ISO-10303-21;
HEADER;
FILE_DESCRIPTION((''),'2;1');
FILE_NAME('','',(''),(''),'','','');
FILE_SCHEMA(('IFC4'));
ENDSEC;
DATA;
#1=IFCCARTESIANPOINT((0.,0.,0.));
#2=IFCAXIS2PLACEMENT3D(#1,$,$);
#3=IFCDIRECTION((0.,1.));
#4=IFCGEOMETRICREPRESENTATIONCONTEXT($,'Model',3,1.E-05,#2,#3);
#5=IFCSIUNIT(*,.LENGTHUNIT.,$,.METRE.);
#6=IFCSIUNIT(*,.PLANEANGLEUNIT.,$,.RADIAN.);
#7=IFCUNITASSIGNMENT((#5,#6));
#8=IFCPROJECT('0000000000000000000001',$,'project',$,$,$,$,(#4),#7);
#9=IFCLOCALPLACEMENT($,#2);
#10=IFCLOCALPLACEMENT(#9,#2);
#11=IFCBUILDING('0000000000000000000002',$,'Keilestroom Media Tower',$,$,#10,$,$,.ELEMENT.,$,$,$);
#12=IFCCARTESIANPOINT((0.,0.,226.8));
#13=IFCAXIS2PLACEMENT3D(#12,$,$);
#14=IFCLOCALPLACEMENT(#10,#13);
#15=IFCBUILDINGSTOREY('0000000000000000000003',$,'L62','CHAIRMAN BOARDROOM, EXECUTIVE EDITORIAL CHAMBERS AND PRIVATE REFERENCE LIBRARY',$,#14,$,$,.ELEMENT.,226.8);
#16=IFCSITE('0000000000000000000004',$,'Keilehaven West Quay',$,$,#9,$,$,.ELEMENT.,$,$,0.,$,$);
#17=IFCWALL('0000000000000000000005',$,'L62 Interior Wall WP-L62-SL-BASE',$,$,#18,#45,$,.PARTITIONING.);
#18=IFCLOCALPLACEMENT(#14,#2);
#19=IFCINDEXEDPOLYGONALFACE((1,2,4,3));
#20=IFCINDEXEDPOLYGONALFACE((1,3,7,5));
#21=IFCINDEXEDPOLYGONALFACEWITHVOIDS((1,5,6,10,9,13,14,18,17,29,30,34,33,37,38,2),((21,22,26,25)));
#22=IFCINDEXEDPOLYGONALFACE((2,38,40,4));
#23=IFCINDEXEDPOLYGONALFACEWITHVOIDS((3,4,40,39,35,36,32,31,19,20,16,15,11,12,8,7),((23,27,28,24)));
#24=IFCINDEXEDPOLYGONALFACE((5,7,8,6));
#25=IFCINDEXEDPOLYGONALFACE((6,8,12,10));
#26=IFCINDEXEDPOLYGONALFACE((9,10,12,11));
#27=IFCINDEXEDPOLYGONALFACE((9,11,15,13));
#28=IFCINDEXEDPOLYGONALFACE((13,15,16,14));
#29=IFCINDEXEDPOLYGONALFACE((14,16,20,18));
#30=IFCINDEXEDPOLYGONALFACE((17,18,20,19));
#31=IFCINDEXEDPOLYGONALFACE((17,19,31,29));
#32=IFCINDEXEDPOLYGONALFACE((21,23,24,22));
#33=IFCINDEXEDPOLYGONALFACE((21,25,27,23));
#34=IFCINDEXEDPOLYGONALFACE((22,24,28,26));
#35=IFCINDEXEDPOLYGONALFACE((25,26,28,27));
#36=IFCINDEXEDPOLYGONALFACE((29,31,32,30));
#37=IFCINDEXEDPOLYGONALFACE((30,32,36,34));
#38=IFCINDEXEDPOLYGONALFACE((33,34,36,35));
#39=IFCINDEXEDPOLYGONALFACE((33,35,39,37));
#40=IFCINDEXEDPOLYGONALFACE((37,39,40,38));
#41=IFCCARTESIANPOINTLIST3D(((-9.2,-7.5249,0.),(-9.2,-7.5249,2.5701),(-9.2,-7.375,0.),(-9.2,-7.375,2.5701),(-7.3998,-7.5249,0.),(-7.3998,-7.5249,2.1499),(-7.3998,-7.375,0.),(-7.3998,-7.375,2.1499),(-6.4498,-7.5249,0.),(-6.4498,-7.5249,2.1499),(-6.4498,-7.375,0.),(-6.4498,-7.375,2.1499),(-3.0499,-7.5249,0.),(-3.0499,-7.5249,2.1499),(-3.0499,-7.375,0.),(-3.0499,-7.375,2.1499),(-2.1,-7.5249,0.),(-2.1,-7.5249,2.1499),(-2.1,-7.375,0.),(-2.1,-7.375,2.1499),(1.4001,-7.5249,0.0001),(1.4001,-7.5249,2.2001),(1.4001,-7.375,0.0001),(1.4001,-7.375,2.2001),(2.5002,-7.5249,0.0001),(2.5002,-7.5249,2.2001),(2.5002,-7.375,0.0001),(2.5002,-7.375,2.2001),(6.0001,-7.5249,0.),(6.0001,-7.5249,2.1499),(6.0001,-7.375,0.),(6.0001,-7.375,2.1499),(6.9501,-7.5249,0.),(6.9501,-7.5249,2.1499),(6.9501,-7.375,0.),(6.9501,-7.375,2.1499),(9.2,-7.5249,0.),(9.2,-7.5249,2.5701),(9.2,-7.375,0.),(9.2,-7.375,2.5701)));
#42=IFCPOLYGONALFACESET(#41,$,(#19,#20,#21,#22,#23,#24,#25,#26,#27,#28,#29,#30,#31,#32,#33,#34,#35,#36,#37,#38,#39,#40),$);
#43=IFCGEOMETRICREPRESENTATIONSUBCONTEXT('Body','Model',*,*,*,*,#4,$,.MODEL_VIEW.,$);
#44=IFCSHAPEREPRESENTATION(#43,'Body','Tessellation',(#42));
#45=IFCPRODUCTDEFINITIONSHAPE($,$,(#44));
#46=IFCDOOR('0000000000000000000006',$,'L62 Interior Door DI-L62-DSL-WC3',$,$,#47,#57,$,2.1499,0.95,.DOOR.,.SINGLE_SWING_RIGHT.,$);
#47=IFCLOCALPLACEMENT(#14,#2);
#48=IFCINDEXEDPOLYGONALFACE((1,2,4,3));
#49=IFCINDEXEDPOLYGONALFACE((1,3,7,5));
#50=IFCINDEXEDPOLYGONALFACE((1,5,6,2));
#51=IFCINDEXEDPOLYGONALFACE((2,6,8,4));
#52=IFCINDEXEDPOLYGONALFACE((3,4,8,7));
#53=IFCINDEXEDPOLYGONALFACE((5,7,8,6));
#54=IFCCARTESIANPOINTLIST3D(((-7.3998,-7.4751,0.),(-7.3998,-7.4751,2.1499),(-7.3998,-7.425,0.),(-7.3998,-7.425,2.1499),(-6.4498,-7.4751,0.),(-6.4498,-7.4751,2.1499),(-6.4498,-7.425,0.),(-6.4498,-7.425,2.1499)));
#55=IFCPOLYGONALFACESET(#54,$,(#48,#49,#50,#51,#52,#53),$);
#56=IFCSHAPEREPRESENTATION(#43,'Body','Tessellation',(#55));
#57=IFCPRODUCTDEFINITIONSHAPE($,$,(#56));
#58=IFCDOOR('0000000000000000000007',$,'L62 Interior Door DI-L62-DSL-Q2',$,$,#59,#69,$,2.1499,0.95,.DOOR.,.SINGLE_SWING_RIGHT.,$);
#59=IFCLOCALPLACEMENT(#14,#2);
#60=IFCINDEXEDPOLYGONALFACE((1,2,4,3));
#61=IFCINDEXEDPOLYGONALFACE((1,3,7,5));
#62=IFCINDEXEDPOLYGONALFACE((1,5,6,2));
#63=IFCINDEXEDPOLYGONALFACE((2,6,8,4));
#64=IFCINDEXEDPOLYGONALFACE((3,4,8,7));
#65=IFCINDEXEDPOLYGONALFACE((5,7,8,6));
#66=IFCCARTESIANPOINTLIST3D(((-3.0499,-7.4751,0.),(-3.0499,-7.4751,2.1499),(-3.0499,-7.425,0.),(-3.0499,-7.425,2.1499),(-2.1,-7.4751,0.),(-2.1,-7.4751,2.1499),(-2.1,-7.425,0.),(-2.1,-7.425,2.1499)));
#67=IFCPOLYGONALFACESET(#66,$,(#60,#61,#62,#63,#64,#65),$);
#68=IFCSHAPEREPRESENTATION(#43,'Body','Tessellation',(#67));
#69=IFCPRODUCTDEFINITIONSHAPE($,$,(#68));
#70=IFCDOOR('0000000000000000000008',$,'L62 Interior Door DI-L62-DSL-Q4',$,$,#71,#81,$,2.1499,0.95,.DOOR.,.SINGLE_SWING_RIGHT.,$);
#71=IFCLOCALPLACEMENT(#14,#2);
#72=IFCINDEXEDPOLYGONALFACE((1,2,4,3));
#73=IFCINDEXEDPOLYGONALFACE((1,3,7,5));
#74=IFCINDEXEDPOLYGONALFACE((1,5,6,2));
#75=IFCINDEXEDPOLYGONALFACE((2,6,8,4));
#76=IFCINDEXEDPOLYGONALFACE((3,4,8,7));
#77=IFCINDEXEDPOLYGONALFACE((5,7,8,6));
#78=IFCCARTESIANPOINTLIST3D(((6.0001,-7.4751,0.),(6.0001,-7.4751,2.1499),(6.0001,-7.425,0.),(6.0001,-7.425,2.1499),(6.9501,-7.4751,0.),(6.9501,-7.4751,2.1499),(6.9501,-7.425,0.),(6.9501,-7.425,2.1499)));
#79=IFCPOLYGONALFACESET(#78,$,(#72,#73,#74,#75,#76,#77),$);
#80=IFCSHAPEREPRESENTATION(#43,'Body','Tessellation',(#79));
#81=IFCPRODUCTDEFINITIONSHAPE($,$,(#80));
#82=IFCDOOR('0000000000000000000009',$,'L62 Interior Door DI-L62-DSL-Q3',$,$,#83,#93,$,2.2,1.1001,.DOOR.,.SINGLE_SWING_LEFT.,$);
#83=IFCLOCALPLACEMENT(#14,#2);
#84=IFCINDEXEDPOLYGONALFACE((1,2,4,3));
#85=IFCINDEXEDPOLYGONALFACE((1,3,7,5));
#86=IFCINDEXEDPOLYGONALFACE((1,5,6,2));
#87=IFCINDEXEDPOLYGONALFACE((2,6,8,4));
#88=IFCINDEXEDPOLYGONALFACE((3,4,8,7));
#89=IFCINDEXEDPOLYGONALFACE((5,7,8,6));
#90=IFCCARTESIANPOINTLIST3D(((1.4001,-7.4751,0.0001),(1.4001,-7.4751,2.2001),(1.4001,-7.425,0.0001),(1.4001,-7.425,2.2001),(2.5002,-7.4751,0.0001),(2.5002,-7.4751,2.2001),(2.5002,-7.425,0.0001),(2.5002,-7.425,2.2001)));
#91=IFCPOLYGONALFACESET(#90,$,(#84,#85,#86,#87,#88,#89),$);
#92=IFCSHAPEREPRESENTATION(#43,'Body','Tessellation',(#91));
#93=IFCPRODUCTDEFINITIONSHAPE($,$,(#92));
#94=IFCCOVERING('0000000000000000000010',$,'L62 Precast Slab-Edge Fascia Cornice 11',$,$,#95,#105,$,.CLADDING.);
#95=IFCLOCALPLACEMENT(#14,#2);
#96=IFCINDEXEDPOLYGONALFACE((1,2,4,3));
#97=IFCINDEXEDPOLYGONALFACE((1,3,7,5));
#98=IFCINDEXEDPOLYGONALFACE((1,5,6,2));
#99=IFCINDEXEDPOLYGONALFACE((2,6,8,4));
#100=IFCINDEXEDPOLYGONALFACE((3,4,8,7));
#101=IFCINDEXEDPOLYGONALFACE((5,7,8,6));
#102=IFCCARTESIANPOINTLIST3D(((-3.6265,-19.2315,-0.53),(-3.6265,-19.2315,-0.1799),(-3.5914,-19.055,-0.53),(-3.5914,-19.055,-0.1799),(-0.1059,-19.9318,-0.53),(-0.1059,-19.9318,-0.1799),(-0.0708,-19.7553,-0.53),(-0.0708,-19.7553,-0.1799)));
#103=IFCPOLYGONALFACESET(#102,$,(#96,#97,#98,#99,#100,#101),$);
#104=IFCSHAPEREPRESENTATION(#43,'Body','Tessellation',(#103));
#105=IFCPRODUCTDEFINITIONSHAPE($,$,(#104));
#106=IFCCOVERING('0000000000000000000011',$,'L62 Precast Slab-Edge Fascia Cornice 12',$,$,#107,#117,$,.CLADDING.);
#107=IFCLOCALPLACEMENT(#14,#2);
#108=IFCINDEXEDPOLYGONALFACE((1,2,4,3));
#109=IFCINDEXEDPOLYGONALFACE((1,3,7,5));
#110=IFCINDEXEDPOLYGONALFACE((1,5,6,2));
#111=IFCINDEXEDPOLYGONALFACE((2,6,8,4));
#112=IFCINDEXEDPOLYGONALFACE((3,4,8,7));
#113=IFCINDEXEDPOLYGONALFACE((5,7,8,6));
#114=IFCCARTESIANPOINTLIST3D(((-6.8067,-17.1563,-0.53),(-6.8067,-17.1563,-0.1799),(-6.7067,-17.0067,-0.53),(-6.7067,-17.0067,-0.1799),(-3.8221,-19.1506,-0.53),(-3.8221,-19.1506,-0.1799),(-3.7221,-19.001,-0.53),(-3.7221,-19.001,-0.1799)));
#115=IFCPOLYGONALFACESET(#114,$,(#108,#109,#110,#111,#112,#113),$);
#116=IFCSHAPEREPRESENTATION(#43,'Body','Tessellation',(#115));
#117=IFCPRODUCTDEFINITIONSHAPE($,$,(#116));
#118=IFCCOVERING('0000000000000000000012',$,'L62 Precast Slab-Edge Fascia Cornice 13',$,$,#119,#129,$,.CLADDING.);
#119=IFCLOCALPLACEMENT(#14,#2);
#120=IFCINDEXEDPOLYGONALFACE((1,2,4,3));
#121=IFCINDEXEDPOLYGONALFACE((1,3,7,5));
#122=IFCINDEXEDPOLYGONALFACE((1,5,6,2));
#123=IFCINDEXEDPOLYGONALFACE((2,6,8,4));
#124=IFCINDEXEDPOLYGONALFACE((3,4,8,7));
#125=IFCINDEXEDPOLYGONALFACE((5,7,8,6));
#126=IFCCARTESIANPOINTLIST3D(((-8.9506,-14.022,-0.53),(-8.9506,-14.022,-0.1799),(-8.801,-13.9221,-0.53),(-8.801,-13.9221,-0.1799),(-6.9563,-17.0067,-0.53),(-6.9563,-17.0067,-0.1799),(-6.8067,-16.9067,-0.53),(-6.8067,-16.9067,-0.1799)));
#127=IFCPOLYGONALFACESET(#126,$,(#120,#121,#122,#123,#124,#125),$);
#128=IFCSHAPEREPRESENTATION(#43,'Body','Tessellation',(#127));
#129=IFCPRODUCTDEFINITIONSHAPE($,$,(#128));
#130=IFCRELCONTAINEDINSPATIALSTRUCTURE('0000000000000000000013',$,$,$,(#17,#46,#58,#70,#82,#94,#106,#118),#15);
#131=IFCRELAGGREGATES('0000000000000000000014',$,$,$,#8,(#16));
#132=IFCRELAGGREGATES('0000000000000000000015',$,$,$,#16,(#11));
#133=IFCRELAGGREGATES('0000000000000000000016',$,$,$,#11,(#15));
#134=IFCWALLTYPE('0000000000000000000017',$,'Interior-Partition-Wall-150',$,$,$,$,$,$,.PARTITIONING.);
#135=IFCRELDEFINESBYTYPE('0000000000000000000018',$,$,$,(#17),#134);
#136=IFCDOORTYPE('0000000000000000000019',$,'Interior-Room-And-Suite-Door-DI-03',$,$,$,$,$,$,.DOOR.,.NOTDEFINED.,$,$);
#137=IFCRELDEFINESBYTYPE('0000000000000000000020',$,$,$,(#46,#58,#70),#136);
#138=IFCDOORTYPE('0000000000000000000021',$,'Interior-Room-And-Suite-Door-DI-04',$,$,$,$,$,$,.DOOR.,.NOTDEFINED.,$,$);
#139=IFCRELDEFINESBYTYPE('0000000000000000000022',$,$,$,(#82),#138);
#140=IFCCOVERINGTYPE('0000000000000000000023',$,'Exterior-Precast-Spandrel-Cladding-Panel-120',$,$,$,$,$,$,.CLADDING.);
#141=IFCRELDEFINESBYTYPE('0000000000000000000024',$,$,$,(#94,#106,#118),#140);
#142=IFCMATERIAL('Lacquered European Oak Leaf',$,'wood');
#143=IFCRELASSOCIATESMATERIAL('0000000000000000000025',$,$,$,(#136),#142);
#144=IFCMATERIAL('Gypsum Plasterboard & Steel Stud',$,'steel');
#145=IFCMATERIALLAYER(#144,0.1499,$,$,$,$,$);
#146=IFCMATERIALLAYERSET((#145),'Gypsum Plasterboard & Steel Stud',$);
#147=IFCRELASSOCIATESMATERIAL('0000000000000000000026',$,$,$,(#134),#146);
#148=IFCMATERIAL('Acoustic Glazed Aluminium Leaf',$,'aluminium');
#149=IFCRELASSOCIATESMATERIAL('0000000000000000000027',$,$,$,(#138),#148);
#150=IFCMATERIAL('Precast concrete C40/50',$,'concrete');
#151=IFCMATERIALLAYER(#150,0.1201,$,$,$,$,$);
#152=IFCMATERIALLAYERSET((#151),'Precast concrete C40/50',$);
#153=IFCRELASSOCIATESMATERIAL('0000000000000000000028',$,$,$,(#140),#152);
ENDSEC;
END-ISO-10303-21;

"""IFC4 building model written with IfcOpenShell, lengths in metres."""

from ifc_helpers import new_model, si_unit, direction, frame, frame_2d, origin, origin_2d, place, context, subcontext, project, spatial, rectangle, extrude, source, transform, mapped, material, layer, layer_set, type_object, element, fill, save


model = new_model("IFC4")

# Units and contexts
model_context = context("Model", 3, precision=1e-05, world=origin(), true_north=direction((0.0, 1.0)))
body_context = subcontext(model_context, "Body", "Model", "MODEL_VIEW")
ifc_project = project(units=[si_unit("LENGTHUNIT", "METRE"), si_unit("PLANEANGLEUNIT", "RADIAN")], contexts=[model_context])

# Site, building, storey
site_placement = place(None, origin())
site = spatial("IfcSite", under=ifc_project, at=site_placement, Name="Keilehaven West Quay", CompositionType="ELEMENT", RefElevation=0.0)
building_placement = place(site_placement, origin())
building = spatial("IfcBuilding", under=site, at=building_placement, Name="Keilestroom Media Tower", CompositionType="ELEMENT")
storey_placement = place(building_placement, frame((0.0, 0.0, 226.8)))
storey = spatial("IfcBuildingStorey", under=building, at=storey_placement, Name="L62", Description="CHAIRMAN BOARDROOM, EXECUTIVE EDITORIAL CHAMBERS AND PRIVATE REFERENCE LIBRARY", CompositionType="ELEMENT", Elevation=226.8)

# Shared definitions
ifc_material_1 = material(Name="Precast concrete C40/50", Category="concrete")

# Shared definitions
ifc_material_2 = material(Name="Gypsum Plasterboard & Steel Stud", Category="steel")
ifc_material_3 = material(Name="Lacquered European Oak Leaf", Category="wood")
door_type_1 = type_object("IfcDoorType", Name="Interior-Room-And-Suite-Door-DI-03", OperationType="NOTDEFINED", PredefinedType="DOOR", material=ifc_material_3)
shared_shape_1 = source(origin(), body_context, "Body", "SweptSolid", [
    extrude(rectangle(XDim=0.95, YDim=2.1499, at=frame_2d((0.4751, 1.075))), frame((0.0, 0.0249, 0.0), z_axis=(0.0, -1.0, 0.0), x_axis=(1.0, 0.0, 0.0)), (0.0, 0.0, 1.0), 0.05),
])

# Wall, openings, doors
ifc_layer_1 = layer(ifc_material_2, 0.1499)
ifc_layer_set_1 = layer_set([ifc_layer_1], Name="Gypsum Plasterboard & Steel Stud")
wall_type_1 = type_object("IfcWallType", Name="Interior-Partition-Wall-150", PredefinedType="PARTITIONING", material=ifc_layer_set_1)
wall_1_placement = place(storey_placement, frame((-9.2, -7.45, 0.0), z_axis=(0.0, 0.0, 1.0), x_axis=(1.0, 0.0, 0.0)))
wall_1 = element("IfcWall", 1, at=wall_1_placement, inside=storey, type_object=wall_type_1, Name="L62 Interior Wall WP-L62-SL-BASE", PredefinedType="PARTITIONING", context=body_context, shape_type="SweptSolid", body=[
    extrude(rectangle(XDim=18.3999, YDim=0.1499, at=frame_2d((9.2, 0.0))), origin(), (0.0, 0.0, 1.0), 2.5701),
])
opening_1_placement = place(wall_1_placement, frame((1.8, 0.0, 0.0)))
opening_1 = element("IfcOpeningElement", 2, at=opening_1_placement, cuts=wall_1, PredefinedType="OPENING", context=body_context, shape_type="SweptSolid", body=[
    extrude(rectangle(XDim=0.95, YDim=2.1499, at=frame_2d((0.4751, 1.075))), frame((0.0, 0.085, 0.0), z_axis=(0.0, -1.0, 0.0), x_axis=(1.0, 0.0, 0.0)), (0.0, 0.0, 1.0), 0.1699),
])
opening_2_placement = place(wall_1_placement, frame((6.1499, 0.0, 0.0)))
opening_2 = element("IfcOpeningElement", 3, at=opening_2_placement, cuts=wall_1, PredefinedType="OPENING", context=body_context, shape_type="SweptSolid", body=[
    extrude(rectangle(XDim=0.95, YDim=2.1499, at=frame_2d((0.4751, 1.075))), frame((0.0, 0.085, 0.0), z_axis=(0.0, -1.0, 0.0), x_axis=(1.0, 0.0, 0.0)), (0.0, 0.0, 1.0), 0.1699),
])
opening_3_placement = place(wall_1_placement, frame((10.6001, 0.0, 0.0)))
opening_3 = element("IfcOpeningElement", 4, at=opening_3_placement, cuts=wall_1, PredefinedType="OPENING", context=body_context, shape_type="SweptSolid", body=[
    extrude(rectangle(XDim=1.1001, YDim=2.2, at=frame_2d((0.55, 1.1001))), frame((0.0, 0.085, 0.0), z_axis=(0.0, -1.0, 0.0), x_axis=(1.0, 0.0, 0.0)), (0.0, 0.0, 1.0), 0.1699),
])
opening_4_placement = place(wall_1_placement, frame((15.2, 0.0, 0.0)))
opening_4 = element("IfcOpeningElement", 5, at=opening_4_placement, cuts=wall_1, PredefinedType="OPENING", context=body_context, shape_type="SweptSolid", body=[
    extrude(rectangle(XDim=0.95, YDim=2.1499, at=frame_2d((0.4751, 1.075))), frame((0.0, 0.085, 0.0), z_axis=(0.0, -1.0, 0.0), x_axis=(1.0, 0.0, 0.0)), (0.0, 0.0, 1.0), 0.1699),
])
door_1_placement = place(opening_1_placement, origin())
door_1 = element("IfcDoor", 6, at=door_1_placement, inside=storey, type_object=door_type_1, Name="L62 Interior Door DI-L62-DSL-WC3", OperationType="SINGLE_SWING_RIGHT", OverallHeight=2.1499, OverallWidth=0.95, PredefinedType="DOOR", context=body_context, shape_type="MappedRepresentation", body=[
    mapped(shared_shape_1, transform((0.0, 0.0, 0.0), x_axis=(1.0, 0.0, 0.0), y_axis=(0.0, 1.0, 0.0), z_axis=(0.0, 0.0, 1.0), scale=1.0)),
])
fill(opening_1, door_1)
door_2_placement = place(opening_2_placement, origin())
door_2 = element("IfcDoor", 7, at=door_2_placement, inside=storey, type_object=door_type_1, Name="L62 Interior Door DI-L62-DSL-Q2", OperationType="SINGLE_SWING_RIGHT", OverallHeight=2.1499, OverallWidth=0.95, PredefinedType="DOOR", context=body_context, shape_type="MappedRepresentation", body=[
    mapped(shared_shape_1, transform((0.0, 0.0, 0.0), x_axis=(1.0, 0.0, 0.0), y_axis=(0.0, 1.0, 0.0), z_axis=(0.0, 0.0, 1.0), scale=1.0)),
])
fill(opening_2, door_2)
door_3_placement = place(opening_4_placement, origin())
door_3 = element("IfcDoor", 8, at=door_3_placement, inside=storey, type_object=door_type_1, Name="L62 Interior Door DI-L62-DSL-Q4", OperationType="SINGLE_SWING_RIGHT", OverallHeight=2.1499, OverallWidth=0.95, PredefinedType="DOOR", context=body_context, shape_type="MappedRepresentation", body=[
    mapped(shared_shape_1, transform((0.0, 0.0, 0.0), x_axis=(1.0, 0.0, 0.0), y_axis=(0.0, 1.0, 0.0), z_axis=(0.0, 0.0, 1.0), scale=1.0)),
])
fill(opening_4, door_3)
ifc_material_4 = material(Name="Acoustic Glazed Aluminium Leaf", Category="aluminium")
door_type_2 = type_object("IfcDoorType", Name="Interior-Room-And-Suite-Door-DI-04", OperationType="NOTDEFINED", PredefinedType="DOOR", material=ifc_material_4)
shared_shape_2 = source(origin(), body_context, "Body", "SweptSolid", [
    extrude(rectangle(XDim=1.1001, YDim=2.2, at=frame_2d((0.55, 1.1001))), frame((0.0, 0.0249, 0.0), z_axis=(0.0, -1.0, 0.0), x_axis=(1.0, 0.0, 0.0)), (0.0, 0.0, 1.0), 0.05),
])
door_4_placement = place(opening_3_placement, origin())
door_4 = element("IfcDoor", 9, at=door_4_placement, inside=storey, type_object=door_type_2, Name="L62 Interior Door DI-L62-DSL-Q3", OperationType="SINGLE_SWING_LEFT", OverallHeight=2.2, OverallWidth=1.1001, PredefinedType="DOOR", context=body_context, shape_type="MappedRepresentation", body=[
    mapped(shared_shape_2, transform((0.0, 0.0, 0.0), x_axis=(1.0, 0.0, 0.0), y_axis=(0.0, 1.0, 0.0), z_axis=(0.0, 0.0, 1.0), scale=1.0)),
])
fill(opening_3, door_4)

# Coverings
ifc_layer_2 = layer(ifc_material_1, 0.1201)
ifc_layer_set_2 = layer_set([ifc_layer_2], Name="Precast concrete C40/50")
covering_type = type_object("IfcCoveringType", Name="Exterior-Precast-Spandrel-Cladding-Panel-120", PredefinedType="CLADDING", material=ifc_layer_set_2)
shared_shape_3 = source(origin(), body_context, "Body", "SweptSolid", [
    extrude(rectangle(XDim=3.5896, YDim=0.1799, at=origin_2d()), origin(), (0.0, 0.0, 1.0), 0.3501),
])
for number, where, z_axis, x_axis, name in (
    (10, (-1.8486, -19.4934, -0.53), (0.0, 0.0, 1.0), (-0.980784, 0.195099, 0.0), "L62 Precast Slab-Edge Fascia Cornice 11"),
    (11, (-5.2644, -18.0786, -0.53), (0.0, 0.0, 1.0), (-0.831467, 0.555575, 0.0), "L62 Precast Slab-Edge Fascia Cornice 12"),
    (12, (-7.8787, -15.4644, -0.53), (0.0, 0.0, 1.0), (-0.555575, 0.831467, 0.0), "L62 Precast Slab-Edge Fascia Cornice 13"),
):
    element("IfcCovering", number, at=place(storey_placement, frame(where, z_axis=z_axis, x_axis=x_axis)), inside=storey, type_object=covering_type, Name=name, PredefinedType="CLADDING", context=body_context, shape_type="MappedRepresentation", body=[
        mapped(shared_shape_3, transform((0.0, 0.0, 0.0), x_axis=(1.0, 0.0, 0.0), y_axis=(0.0, 1.0, 0.0), z_axis=(0.0, 0.0, 1.0), scale=1.0)),
    ])

save(model, "model.ifc")
